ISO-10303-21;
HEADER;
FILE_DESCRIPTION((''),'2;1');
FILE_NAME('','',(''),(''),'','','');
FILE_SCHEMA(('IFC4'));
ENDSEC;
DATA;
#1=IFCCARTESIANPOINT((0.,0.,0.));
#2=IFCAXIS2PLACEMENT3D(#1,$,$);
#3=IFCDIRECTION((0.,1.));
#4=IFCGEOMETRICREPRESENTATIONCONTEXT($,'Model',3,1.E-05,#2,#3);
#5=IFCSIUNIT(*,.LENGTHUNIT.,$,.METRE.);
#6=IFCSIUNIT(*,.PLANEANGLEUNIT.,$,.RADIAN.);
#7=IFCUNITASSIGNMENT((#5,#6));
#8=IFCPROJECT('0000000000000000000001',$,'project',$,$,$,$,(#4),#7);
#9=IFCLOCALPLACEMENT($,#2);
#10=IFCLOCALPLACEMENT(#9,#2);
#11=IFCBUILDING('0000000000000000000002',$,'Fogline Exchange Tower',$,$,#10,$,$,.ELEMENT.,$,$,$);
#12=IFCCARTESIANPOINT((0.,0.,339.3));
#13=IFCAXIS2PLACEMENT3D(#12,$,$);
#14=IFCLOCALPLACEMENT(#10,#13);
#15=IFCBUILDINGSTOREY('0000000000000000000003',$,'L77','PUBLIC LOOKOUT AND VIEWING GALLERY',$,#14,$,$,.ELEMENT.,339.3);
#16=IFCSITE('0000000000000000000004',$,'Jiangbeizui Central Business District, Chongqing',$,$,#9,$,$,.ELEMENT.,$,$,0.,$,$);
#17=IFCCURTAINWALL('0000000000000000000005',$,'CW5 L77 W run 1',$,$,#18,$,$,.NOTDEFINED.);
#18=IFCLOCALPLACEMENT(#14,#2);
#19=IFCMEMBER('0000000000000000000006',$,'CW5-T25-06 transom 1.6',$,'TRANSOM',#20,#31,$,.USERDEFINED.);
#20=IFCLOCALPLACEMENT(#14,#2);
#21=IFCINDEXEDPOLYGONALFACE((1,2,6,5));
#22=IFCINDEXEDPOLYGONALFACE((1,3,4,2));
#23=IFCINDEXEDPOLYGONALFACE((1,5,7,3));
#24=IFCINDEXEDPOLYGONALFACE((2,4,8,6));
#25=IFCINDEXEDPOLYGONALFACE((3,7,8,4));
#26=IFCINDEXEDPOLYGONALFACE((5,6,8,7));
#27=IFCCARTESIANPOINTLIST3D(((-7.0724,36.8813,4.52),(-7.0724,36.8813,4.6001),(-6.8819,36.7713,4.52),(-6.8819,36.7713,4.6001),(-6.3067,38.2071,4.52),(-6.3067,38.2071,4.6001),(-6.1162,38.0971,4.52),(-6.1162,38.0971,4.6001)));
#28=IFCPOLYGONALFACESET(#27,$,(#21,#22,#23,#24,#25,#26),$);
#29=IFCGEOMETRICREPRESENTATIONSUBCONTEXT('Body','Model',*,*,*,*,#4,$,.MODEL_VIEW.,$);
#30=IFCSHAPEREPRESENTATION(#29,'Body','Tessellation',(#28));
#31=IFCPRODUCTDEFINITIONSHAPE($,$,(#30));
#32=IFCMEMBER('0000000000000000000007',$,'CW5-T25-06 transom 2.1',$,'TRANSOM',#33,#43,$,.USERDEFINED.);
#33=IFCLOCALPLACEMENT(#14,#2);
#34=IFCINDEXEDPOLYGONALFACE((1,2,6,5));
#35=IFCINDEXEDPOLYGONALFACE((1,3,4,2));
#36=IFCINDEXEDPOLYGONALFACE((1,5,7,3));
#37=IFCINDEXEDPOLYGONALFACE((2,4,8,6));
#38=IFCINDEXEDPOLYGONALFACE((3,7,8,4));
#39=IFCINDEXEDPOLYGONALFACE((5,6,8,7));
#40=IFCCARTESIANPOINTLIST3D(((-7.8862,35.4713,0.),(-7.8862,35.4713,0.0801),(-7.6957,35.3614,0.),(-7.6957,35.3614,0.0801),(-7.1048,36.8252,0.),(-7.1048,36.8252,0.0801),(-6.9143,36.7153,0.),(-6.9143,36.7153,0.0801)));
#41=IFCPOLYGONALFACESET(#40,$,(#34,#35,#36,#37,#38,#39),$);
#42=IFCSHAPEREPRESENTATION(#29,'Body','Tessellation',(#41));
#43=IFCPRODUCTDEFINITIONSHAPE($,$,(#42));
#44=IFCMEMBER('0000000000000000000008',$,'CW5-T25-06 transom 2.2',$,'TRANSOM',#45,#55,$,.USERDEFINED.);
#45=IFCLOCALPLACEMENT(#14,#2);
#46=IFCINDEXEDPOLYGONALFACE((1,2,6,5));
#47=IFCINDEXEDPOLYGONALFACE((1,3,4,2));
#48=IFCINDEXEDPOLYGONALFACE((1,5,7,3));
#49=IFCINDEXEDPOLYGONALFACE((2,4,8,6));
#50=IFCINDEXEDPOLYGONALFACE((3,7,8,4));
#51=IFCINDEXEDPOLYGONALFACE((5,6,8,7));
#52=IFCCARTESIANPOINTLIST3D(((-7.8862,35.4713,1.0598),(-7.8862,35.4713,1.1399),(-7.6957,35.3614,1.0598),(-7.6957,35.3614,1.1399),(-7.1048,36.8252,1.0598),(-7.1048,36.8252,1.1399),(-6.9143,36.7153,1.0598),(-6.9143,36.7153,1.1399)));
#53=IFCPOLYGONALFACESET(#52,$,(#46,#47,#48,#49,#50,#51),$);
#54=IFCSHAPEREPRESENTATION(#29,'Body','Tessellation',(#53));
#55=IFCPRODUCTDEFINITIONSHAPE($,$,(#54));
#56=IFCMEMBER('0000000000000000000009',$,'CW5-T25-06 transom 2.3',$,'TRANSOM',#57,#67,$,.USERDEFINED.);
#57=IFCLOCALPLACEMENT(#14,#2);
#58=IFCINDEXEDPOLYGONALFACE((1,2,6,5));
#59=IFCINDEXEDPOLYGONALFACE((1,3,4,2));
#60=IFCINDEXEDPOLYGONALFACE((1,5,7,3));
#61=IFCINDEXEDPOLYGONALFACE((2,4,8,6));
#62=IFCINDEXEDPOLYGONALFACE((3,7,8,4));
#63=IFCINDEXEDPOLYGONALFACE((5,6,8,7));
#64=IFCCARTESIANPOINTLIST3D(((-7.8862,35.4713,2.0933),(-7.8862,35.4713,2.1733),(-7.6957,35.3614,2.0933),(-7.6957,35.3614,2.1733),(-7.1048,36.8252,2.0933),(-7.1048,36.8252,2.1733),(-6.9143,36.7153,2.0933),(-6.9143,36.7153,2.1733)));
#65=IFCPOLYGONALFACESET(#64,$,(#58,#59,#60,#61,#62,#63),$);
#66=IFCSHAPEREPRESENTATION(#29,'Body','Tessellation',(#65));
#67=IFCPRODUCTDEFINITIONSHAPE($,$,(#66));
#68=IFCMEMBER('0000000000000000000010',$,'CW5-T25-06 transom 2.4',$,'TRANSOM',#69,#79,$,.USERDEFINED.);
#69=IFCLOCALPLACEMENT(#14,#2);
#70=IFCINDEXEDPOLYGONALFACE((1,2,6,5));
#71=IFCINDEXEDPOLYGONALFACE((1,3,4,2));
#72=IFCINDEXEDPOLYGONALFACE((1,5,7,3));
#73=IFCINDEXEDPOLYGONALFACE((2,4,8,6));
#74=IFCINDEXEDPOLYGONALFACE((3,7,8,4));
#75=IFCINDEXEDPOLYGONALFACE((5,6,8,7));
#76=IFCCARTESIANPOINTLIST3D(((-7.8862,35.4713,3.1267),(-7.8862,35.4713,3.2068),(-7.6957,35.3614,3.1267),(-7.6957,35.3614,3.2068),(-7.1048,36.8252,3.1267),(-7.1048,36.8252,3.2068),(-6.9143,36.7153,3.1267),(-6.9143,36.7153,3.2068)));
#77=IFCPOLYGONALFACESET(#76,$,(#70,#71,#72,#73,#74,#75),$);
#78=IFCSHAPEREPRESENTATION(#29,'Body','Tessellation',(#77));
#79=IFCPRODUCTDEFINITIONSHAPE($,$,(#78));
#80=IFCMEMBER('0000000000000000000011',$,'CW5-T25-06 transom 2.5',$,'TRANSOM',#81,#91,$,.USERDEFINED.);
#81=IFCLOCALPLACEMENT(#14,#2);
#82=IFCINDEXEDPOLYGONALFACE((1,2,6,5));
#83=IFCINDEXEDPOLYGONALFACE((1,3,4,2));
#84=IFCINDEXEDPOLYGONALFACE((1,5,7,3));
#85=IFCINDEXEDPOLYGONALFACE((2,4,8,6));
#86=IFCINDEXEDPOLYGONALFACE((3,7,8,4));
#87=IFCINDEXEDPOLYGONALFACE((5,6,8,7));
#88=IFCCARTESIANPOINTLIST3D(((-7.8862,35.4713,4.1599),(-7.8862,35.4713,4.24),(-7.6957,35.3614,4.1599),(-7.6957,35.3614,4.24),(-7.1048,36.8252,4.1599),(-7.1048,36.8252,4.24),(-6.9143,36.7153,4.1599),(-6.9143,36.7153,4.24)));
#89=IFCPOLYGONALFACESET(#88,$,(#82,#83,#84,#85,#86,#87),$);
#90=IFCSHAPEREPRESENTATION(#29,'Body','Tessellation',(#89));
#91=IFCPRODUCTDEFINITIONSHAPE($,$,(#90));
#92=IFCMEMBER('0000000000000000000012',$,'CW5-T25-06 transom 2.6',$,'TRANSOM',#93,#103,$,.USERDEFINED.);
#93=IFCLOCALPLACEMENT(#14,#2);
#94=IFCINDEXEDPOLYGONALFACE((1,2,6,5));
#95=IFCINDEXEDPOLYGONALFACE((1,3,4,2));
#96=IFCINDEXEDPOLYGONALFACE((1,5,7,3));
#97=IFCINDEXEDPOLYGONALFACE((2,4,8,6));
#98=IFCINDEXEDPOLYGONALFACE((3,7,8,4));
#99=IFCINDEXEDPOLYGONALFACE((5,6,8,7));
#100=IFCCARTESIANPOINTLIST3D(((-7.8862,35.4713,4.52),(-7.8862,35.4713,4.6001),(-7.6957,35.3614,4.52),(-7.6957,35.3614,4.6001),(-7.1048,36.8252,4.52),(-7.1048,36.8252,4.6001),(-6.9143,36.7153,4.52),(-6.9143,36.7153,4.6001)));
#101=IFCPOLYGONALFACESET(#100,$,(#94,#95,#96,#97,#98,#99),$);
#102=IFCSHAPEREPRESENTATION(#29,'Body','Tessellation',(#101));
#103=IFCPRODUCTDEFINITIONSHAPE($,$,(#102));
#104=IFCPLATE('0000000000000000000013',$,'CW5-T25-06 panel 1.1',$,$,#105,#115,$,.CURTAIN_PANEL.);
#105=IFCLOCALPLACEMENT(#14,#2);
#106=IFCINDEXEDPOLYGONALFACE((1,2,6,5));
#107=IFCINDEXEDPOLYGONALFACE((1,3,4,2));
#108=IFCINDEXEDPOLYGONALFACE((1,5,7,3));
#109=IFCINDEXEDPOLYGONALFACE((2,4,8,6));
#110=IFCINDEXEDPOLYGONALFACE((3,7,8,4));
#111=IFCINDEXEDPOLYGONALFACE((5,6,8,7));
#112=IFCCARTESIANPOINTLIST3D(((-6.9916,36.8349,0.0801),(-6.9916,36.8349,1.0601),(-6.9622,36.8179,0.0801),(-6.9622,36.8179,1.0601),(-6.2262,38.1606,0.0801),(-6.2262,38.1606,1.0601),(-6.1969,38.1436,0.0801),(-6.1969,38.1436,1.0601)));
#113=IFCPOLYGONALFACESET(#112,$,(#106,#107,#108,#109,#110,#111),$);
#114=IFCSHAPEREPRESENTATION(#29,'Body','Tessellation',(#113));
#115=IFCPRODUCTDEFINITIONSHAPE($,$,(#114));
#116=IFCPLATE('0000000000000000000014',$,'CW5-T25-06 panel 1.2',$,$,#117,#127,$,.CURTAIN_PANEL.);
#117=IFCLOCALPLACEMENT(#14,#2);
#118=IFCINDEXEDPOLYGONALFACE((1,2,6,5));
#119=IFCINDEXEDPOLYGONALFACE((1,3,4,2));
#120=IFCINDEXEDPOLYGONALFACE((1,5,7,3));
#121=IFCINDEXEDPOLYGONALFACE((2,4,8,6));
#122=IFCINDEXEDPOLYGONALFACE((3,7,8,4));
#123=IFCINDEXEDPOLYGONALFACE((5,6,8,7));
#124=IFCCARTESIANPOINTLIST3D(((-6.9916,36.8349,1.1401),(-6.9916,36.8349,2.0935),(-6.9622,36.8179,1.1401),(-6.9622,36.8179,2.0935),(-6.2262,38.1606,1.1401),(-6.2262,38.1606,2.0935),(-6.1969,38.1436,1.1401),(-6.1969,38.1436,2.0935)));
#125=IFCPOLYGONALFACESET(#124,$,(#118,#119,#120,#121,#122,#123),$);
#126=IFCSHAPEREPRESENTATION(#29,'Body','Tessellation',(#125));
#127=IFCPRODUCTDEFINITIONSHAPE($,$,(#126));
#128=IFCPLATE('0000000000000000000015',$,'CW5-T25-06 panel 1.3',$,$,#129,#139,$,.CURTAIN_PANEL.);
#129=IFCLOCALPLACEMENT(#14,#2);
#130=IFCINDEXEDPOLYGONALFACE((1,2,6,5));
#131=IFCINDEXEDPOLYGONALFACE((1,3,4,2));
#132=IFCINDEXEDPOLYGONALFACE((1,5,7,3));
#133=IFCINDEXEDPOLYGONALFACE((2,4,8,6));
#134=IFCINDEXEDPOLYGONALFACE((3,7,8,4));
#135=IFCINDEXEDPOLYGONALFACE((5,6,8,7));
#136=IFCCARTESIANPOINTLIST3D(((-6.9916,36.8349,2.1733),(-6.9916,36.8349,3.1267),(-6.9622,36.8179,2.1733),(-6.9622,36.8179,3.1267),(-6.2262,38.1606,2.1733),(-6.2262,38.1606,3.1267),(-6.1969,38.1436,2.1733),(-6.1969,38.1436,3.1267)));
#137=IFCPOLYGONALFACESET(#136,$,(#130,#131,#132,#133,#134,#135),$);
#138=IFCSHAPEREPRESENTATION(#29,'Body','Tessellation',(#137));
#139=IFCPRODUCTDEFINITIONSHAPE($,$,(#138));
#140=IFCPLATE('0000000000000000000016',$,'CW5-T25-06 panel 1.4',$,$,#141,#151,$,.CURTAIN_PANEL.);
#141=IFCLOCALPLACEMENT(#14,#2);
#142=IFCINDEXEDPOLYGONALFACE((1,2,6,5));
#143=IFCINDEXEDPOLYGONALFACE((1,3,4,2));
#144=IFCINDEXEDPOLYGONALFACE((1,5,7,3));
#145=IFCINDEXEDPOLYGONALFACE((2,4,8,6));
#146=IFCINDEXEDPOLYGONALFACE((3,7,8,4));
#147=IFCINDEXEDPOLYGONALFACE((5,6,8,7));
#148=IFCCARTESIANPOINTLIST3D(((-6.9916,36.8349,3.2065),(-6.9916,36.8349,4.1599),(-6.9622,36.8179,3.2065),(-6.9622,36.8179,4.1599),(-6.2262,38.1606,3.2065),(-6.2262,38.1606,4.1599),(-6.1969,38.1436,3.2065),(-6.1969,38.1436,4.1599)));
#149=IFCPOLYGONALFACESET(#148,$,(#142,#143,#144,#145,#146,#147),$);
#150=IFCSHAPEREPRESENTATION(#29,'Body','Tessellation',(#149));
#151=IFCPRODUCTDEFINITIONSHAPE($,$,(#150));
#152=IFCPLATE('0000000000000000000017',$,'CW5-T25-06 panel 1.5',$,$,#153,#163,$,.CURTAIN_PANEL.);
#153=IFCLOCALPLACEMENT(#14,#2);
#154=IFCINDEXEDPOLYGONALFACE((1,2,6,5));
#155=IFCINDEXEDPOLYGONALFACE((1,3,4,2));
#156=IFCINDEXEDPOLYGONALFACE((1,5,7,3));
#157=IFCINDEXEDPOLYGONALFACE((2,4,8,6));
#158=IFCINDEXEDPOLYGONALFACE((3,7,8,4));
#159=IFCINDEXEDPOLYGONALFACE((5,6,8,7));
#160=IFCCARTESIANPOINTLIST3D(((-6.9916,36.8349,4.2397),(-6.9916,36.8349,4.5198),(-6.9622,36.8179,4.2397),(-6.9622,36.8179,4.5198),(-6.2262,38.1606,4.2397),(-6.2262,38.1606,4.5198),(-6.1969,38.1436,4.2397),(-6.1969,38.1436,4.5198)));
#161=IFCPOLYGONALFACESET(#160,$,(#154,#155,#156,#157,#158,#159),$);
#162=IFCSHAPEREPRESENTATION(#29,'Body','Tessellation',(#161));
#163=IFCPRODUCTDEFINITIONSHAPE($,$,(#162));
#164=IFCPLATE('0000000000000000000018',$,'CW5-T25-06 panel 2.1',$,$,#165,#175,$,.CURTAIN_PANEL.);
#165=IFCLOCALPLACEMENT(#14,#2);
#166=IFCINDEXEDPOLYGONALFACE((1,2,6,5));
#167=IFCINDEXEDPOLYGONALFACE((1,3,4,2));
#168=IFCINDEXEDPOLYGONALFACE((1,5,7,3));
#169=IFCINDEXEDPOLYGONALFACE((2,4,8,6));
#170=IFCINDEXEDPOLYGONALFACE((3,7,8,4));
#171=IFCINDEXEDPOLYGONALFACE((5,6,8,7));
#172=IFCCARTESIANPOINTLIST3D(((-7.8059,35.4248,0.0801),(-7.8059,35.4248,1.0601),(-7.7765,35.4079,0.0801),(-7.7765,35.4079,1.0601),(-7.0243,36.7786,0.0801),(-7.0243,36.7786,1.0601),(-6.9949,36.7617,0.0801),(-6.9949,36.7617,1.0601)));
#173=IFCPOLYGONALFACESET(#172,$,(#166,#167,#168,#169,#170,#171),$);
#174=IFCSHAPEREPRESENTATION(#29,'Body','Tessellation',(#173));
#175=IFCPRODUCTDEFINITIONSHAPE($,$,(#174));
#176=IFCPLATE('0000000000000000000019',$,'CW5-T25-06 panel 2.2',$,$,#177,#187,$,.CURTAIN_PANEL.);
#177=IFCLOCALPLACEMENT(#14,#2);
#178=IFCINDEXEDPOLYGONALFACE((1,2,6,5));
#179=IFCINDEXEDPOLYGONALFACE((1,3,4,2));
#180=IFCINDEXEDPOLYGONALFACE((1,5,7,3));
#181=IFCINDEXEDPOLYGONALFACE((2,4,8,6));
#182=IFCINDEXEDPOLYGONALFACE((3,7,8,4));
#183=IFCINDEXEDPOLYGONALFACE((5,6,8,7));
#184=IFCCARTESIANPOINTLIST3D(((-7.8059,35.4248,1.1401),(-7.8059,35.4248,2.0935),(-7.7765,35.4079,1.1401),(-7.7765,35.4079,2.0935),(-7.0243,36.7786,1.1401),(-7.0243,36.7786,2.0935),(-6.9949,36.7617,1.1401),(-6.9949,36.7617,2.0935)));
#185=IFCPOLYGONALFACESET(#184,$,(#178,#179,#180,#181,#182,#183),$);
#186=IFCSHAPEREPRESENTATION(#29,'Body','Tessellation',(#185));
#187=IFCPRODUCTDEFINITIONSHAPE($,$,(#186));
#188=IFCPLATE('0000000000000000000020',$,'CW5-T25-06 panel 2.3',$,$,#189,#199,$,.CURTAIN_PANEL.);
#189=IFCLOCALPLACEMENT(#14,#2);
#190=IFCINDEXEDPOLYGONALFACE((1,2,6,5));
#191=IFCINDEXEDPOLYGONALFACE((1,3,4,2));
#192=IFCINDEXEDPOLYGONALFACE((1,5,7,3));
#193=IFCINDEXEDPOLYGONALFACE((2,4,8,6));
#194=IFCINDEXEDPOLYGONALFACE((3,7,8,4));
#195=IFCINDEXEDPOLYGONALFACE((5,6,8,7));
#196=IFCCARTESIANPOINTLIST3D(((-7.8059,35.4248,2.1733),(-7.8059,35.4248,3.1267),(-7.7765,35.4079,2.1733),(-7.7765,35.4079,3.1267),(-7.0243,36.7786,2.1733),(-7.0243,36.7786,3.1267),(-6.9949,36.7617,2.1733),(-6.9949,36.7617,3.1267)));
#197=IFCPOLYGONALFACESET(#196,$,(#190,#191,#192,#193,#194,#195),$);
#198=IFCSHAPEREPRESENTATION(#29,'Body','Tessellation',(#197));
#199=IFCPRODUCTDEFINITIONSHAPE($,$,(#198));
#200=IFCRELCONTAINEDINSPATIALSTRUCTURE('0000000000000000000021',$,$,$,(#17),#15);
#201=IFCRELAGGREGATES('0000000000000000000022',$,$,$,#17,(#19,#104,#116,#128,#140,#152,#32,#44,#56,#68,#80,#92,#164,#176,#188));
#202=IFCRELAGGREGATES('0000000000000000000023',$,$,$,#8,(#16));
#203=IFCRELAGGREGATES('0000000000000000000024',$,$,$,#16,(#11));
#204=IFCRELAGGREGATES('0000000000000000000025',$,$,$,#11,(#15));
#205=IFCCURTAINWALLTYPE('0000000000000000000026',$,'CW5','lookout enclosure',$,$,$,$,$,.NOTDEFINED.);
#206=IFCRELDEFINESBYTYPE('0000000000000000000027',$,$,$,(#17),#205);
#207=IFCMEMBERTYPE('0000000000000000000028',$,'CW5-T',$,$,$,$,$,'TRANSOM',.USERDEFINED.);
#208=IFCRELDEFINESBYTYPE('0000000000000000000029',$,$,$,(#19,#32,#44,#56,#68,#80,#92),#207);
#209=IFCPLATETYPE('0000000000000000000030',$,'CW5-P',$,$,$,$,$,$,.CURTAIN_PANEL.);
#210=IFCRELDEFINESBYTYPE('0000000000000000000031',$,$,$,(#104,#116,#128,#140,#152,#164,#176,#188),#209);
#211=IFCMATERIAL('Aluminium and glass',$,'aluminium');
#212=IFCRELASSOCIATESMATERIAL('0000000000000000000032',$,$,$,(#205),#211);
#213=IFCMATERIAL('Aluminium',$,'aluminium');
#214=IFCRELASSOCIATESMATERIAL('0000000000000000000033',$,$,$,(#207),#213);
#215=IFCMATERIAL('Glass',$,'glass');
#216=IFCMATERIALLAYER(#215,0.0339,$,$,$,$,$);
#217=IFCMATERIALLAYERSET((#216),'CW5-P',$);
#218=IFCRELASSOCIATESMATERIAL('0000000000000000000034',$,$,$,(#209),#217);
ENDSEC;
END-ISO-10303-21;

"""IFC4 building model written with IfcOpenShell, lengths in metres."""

from ifc_helpers import new_model, si_unit, direction, frame, origin, origin_2d, place, context, subcontext, project, spatial, rectangle, extrude, material, layer, layer_set, material_profile, profile_set, type_object, element, aggregate, save


model = new_model("IFC4")

# Units and contexts
model_context = context("Model", 3, precision=1e-05, world=origin(), true_north=direction((0.0, 1.0)))
body_context = subcontext(model_context, "Body", "Model", "MODEL_VIEW")
ifc_project = project(units=[si_unit("LENGTHUNIT", "METRE"), si_unit("PLANEANGLEUNIT", "RADIAN")], contexts=[model_context])

# Site, building, storey
site_placement = place(None, origin())
site = spatial("IfcSite", under=ifc_project, at=site_placement, Name="Jiangbeizui Central Business District, Chongqing", CompositionType="ELEMENT", RefElevation=0.0)
building_placement = place(site_placement, origin())
building = spatial("IfcBuilding", under=site, at=building_placement, Name="Fogline Exchange Tower", CompositionType="ELEMENT")
storey_placement = place(building_placement, frame((0.0, 0.0, 339.3)))
storey = spatial("IfcBuildingStorey", under=building, at=storey_placement, Name="L77", Description="PUBLIC LOOKOUT AND VIEWING GALLERY", CompositionType="ELEMENT", Elevation=339.3)

# Curtain wall, members, plates
ifc_material_1 = material(Name="Aluminium and glass", Category="aluminium")
curtain_wall_type = type_object("IfcCurtainWallType", Name="CW5", Description="lookout enclosure", PredefinedType="NOTDEFINED", material=ifc_material_1)
curtain_wall_placement = place(storey_placement, origin())
curtain_wall = element("IfcCurtainWall", 1, at=curtain_wall_placement, inside=storey, type_object=curtain_wall_type, Name="CW5 L77 W run 1", PredefinedType="NOTDEFINED")
ifc_material_2 = material(Name="Aluminium", Category="aluminium")
ifc_material_profile_1 = material_profile(ifc_material_2, rectangle(XDim=0.22, YDim=0.0801, at=origin_2d()), Name="Transom 80x220")
ifc_profile_set_1 = profile_set([ifc_material_profile_1], Name="Aluminium")
member_type_1 = type_object("IfcMemberType", Name="CW5-T", ElementType="TRANSOM", PredefinedType="USERDEFINED", material=ifc_profile_set_1)
member_1_placement = place(storey_placement, frame((-6.2114, 38.1521, 4.5601), z_axis=(-0.500118, -0.865957, 0.0), x_axis=(0.865957, -0.500118, 0.0)))
member_1 = element("IfcMember", 2, at=member_1_placement, type_object=member_type_1, Name="CW5-T25-06 transom 1.6", ObjectType="TRANSOM", PredefinedType="USERDEFINED", context=body_context, shape_type="SweptSolid", body=[
    extrude(rectangle(XDim=0.22, YDim=0.0801, at=origin_2d()), origin(), (0.0, 0.0, 1.0), 1.531),
])
member_2_placement = place(storey_placement, frame((-7.0095, 36.7703, 0.04), z_axis=(-0.499885, -0.866092, 0.0), x_axis=(0.866092, -0.499885, 0.0)))
member_2 = element("IfcMember", 3, at=member_2_placement, type_object=member_type_1, Name="CW5-T25-06 transom 2.1", ObjectType="TRANSOM", PredefinedType="USERDEFINED", context=body_context, shape_type="SweptSolid", body=[
    extrude(rectangle(XDim=0.22, YDim=0.0801, at=origin_2d()), origin(), (0.0, 0.0, 1.0), 1.5632),
])
member_3_placement = place(storey_placement, frame((-7.0095, 36.7703, 1.0999), z_axis=(-0.499885, -0.866092, 0.0), x_axis=(0.866092, -0.499885, 0.0)))
member_3 = element("IfcMember", 4, at=member_3_placement, type_object=member_type_1, Name="CW5-T25-06 transom 2.2", ObjectType="TRANSOM", PredefinedType="USERDEFINED", context=body_context, shape_type="SweptSolid", body=[
    extrude(rectangle(XDim=0.22, YDim=0.0801, at=origin_2d()), origin(), (0.0, 0.0, 1.0), 1.5632),
])
member_4_placement = place(storey_placement, frame((-7.0095, 36.7703, 2.1333), z_axis=(-0.499885, -0.866092, 0.0), x_axis=(0.866092, -0.499885, 0.0)))
member_4 = element("IfcMember", 5, at=member_4_placement, type_object=member_type_1, Name="CW5-T25-06 transom 2.3", ObjectType="TRANSOM", PredefinedType="USERDEFINED", context=body_context, shape_type="SweptSolid", body=[
    extrude(rectangle(XDim=0.22, YDim=0.0801, at=origin_2d()), origin(), (0.0, 0.0, 1.0), 1.5632),
])
member_5_placement = place(storey_placement, frame((-7.0095, 36.7703, 3.1667), z_axis=(-0.499885, -0.866092, 0.0), x_axis=(0.866092, -0.499885, 0.0)))
member_5 = element("IfcMember", 6, at=member_5_placement, type_object=member_type_1, Name="CW5-T25-06 transom 2.4", ObjectType="TRANSOM", PredefinedType="USERDEFINED", context=body_context, shape_type="SweptSolid", body=[
    extrude(rectangle(XDim=0.22, YDim=0.0801, at=origin_2d()), origin(), (0.0, 0.0, 1.0), 1.5632),
])
member_6_placement = place(storey_placement, frame((-7.0095, 36.7703, 4.2), z_axis=(-0.499885, -0.866092, 0.0), x_axis=(0.866092, -0.499885, 0.0)))
member_6 = element("IfcMember", 7, at=member_6_placement, type_object=member_type_1, Name="CW5-T25-06 transom 2.5", ObjectType="TRANSOM", PredefinedType="USERDEFINED", context=body_context, shape_type="SweptSolid", body=[
    extrude(rectangle(XDim=0.22, YDim=0.0801, at=origin_2d()), origin(), (0.0, 0.0, 1.0), 1.5632),
])
member_7_placement = place(storey_placement, frame((-7.0095, 36.7703, 4.5601), z_axis=(-0.499885, -0.866092, 0.0), x_axis=(0.866092, -0.499885, 0.0)))
member_7 = element("IfcMember", 8, at=member_7_placement, type_object=member_type_1, Name="CW5-T25-06 transom 2.6", ObjectType="TRANSOM", PredefinedType="USERDEFINED", context=body_context, shape_type="SweptSolid", body=[
    extrude(rectangle(XDim=0.22, YDim=0.0801, at=origin_2d()), origin(), (0.0, 0.0, 1.0), 1.5632),
])
ifc_material_3 = material(Name="Glass", Category="glass")
ifc_layer_1 = layer(ifc_material_3, 0.0339)
ifc_layer_set_1 = layer_set([ifc_layer_1], Name="CW5-P")
plate_type = type_object("IfcPlateType", Name="CW5-P", PredefinedType="CURTAIN_PANEL", material=ifc_layer_set_1)
plate_1_placement = place(storey_placement, frame((-6.5942, 37.4893, 0.0801), z_axis=(0.0, 0.0, 1.0), x_axis=(-0.5, -0.866025, 0.0)))
plate_1 = element("IfcPlate", 9, at=plate_1_placement, type_object=plate_type, Name="CW5-T25-06 panel 1.1", PredefinedType="CURTAIN_PANEL", context=body_context, shape_type="SweptSolid", body=[
    extrude(rectangle(XDim=1.5308, YDim=0.0339, at=origin_2d()), origin(), (0.0, 0.0, 1.0), 0.98),
])
plate_2_placement = place(storey_placement, frame((-6.5942, 37.4893, 1.1401), z_axis=(0.0, 0.0, 1.0), x_axis=(-0.5, -0.866025, 0.0)))
plate_2 = element("IfcPlate", 10, at=plate_2_placement, type_object=plate_type, Name="CW5-T25-06 panel 1.2", PredefinedType="CURTAIN_PANEL", context=body_context, shape_type="SweptSolid", body=[
    extrude(rectangle(XDim=1.5308, YDim=0.0339, at=origin_2d()), origin(), (0.0, 0.0, 1.0), 0.9534),
])
plate_3_placement = place(storey_placement, frame((-6.5942, 37.4893, 2.1733), z_axis=(0.0, 0.0, 1.0), x_axis=(-0.5, -0.866025, 0.0)))
plate_3 = element("IfcPlate", 11, at=plate_3_placement, type_object=plate_type, Name="CW5-T25-06 panel 1.3", PredefinedType="CURTAIN_PANEL", context=body_context, shape_type="SweptSolid", body=[
    extrude(rectangle(XDim=1.5308, YDim=0.0339, at=origin_2d()), origin(), (0.0, 0.0, 1.0), 0.9534),
])
plate_4_placement = place(storey_placement, frame((-6.5942, 37.4893, 3.2065), z_axis=(0.0, 0.0, 1.0), x_axis=(-0.5, -0.866025, 0.0)))
plate_4 = element("IfcPlate", 12, at=plate_4_placement, type_object=plate_type, Name="CW5-T25-06 panel 1.4", PredefinedType="CURTAIN_PANEL", context=body_context, shape_type="SweptSolid", body=[
    extrude(rectangle(XDim=1.5308, YDim=0.0339, at=origin_2d()), origin(), (0.0, 0.0, 1.0), 0.9534),
])
plate_5_placement = place(storey_placement, frame((-6.5942, 37.4893, 4.2397), z_axis=(0.0, 0.0, 1.0), x_axis=(-0.5, -0.866025, 0.0)))
plate_5 = element("IfcPlate", 13, at=plate_5_placement, type_object=plate_type, Name="CW5-T25-06 panel 1.5", PredefinedType="CURTAIN_PANEL", context=body_context, shape_type="SweptSolid", body=[
    extrude(rectangle(XDim=1.5308, YDim=0.0339, at=origin_2d()), origin(), (0.0, 0.0, 1.0), 0.28),
])
plate_6_placement = place(storey_placement, frame((-7.4004, 36.0933, 0.0801), z_axis=(0.0, 0.0, 1.0), x_axis=(-0.5, -0.866025, 0.0)))
plate_6 = element("IfcPlate", 14, at=plate_6_placement, type_object=plate_type, Name="CW5-T25-06 panel 2.1", PredefinedType="CURTAIN_PANEL", context=body_context, shape_type="SweptSolid", body=[
    extrude(rectangle(XDim=1.5632, YDim=0.0339, at=origin_2d()), origin(), (0.0, 0.0, 1.0), 0.98),
])
plate_7_placement = place(storey_placement, frame((-7.4004, 36.0933, 1.1401), z_axis=(0.0, 0.0, 1.0), x_axis=(-0.5, -0.866025, 0.0)))
plate_7 = element("IfcPlate", 15, at=plate_7_placement, type_object=plate_type, Name="CW5-T25-06 panel 2.2", PredefinedType="CURTAIN_PANEL", context=body_context, shape_type="SweptSolid", body=[
    extrude(rectangle(XDim=1.5632, YDim=0.0339, at=origin_2d()), origin(), (0.0, 0.0, 1.0), 0.9534),
])
plate_8_placement = place(storey_placement, frame((-7.4004, 36.0933, 2.1733), z_axis=(0.0, 0.0, 1.0), x_axis=(-0.5, -0.866025, 0.0)))
plate_8 = element("IfcPlate", 16, at=plate_8_placement, type_object=plate_type, Name="CW5-T25-06 panel 2.3", PredefinedType="CURTAIN_PANEL", context=body_context, shape_type="SweptSolid", body=[
    extrude(rectangle(XDim=1.5632, YDim=0.0339, at=origin_2d()), origin(), (0.0, 0.0, 1.0), 0.9534),
])
aggregate(curtain_wall, [member_1, plate_1, plate_2, plate_3, plate_4, plate_5, member_2, member_3, member_4, member_5, member_6, member_7, plate_6, plate_7, plate_8])

save(model, "model.ifc")
